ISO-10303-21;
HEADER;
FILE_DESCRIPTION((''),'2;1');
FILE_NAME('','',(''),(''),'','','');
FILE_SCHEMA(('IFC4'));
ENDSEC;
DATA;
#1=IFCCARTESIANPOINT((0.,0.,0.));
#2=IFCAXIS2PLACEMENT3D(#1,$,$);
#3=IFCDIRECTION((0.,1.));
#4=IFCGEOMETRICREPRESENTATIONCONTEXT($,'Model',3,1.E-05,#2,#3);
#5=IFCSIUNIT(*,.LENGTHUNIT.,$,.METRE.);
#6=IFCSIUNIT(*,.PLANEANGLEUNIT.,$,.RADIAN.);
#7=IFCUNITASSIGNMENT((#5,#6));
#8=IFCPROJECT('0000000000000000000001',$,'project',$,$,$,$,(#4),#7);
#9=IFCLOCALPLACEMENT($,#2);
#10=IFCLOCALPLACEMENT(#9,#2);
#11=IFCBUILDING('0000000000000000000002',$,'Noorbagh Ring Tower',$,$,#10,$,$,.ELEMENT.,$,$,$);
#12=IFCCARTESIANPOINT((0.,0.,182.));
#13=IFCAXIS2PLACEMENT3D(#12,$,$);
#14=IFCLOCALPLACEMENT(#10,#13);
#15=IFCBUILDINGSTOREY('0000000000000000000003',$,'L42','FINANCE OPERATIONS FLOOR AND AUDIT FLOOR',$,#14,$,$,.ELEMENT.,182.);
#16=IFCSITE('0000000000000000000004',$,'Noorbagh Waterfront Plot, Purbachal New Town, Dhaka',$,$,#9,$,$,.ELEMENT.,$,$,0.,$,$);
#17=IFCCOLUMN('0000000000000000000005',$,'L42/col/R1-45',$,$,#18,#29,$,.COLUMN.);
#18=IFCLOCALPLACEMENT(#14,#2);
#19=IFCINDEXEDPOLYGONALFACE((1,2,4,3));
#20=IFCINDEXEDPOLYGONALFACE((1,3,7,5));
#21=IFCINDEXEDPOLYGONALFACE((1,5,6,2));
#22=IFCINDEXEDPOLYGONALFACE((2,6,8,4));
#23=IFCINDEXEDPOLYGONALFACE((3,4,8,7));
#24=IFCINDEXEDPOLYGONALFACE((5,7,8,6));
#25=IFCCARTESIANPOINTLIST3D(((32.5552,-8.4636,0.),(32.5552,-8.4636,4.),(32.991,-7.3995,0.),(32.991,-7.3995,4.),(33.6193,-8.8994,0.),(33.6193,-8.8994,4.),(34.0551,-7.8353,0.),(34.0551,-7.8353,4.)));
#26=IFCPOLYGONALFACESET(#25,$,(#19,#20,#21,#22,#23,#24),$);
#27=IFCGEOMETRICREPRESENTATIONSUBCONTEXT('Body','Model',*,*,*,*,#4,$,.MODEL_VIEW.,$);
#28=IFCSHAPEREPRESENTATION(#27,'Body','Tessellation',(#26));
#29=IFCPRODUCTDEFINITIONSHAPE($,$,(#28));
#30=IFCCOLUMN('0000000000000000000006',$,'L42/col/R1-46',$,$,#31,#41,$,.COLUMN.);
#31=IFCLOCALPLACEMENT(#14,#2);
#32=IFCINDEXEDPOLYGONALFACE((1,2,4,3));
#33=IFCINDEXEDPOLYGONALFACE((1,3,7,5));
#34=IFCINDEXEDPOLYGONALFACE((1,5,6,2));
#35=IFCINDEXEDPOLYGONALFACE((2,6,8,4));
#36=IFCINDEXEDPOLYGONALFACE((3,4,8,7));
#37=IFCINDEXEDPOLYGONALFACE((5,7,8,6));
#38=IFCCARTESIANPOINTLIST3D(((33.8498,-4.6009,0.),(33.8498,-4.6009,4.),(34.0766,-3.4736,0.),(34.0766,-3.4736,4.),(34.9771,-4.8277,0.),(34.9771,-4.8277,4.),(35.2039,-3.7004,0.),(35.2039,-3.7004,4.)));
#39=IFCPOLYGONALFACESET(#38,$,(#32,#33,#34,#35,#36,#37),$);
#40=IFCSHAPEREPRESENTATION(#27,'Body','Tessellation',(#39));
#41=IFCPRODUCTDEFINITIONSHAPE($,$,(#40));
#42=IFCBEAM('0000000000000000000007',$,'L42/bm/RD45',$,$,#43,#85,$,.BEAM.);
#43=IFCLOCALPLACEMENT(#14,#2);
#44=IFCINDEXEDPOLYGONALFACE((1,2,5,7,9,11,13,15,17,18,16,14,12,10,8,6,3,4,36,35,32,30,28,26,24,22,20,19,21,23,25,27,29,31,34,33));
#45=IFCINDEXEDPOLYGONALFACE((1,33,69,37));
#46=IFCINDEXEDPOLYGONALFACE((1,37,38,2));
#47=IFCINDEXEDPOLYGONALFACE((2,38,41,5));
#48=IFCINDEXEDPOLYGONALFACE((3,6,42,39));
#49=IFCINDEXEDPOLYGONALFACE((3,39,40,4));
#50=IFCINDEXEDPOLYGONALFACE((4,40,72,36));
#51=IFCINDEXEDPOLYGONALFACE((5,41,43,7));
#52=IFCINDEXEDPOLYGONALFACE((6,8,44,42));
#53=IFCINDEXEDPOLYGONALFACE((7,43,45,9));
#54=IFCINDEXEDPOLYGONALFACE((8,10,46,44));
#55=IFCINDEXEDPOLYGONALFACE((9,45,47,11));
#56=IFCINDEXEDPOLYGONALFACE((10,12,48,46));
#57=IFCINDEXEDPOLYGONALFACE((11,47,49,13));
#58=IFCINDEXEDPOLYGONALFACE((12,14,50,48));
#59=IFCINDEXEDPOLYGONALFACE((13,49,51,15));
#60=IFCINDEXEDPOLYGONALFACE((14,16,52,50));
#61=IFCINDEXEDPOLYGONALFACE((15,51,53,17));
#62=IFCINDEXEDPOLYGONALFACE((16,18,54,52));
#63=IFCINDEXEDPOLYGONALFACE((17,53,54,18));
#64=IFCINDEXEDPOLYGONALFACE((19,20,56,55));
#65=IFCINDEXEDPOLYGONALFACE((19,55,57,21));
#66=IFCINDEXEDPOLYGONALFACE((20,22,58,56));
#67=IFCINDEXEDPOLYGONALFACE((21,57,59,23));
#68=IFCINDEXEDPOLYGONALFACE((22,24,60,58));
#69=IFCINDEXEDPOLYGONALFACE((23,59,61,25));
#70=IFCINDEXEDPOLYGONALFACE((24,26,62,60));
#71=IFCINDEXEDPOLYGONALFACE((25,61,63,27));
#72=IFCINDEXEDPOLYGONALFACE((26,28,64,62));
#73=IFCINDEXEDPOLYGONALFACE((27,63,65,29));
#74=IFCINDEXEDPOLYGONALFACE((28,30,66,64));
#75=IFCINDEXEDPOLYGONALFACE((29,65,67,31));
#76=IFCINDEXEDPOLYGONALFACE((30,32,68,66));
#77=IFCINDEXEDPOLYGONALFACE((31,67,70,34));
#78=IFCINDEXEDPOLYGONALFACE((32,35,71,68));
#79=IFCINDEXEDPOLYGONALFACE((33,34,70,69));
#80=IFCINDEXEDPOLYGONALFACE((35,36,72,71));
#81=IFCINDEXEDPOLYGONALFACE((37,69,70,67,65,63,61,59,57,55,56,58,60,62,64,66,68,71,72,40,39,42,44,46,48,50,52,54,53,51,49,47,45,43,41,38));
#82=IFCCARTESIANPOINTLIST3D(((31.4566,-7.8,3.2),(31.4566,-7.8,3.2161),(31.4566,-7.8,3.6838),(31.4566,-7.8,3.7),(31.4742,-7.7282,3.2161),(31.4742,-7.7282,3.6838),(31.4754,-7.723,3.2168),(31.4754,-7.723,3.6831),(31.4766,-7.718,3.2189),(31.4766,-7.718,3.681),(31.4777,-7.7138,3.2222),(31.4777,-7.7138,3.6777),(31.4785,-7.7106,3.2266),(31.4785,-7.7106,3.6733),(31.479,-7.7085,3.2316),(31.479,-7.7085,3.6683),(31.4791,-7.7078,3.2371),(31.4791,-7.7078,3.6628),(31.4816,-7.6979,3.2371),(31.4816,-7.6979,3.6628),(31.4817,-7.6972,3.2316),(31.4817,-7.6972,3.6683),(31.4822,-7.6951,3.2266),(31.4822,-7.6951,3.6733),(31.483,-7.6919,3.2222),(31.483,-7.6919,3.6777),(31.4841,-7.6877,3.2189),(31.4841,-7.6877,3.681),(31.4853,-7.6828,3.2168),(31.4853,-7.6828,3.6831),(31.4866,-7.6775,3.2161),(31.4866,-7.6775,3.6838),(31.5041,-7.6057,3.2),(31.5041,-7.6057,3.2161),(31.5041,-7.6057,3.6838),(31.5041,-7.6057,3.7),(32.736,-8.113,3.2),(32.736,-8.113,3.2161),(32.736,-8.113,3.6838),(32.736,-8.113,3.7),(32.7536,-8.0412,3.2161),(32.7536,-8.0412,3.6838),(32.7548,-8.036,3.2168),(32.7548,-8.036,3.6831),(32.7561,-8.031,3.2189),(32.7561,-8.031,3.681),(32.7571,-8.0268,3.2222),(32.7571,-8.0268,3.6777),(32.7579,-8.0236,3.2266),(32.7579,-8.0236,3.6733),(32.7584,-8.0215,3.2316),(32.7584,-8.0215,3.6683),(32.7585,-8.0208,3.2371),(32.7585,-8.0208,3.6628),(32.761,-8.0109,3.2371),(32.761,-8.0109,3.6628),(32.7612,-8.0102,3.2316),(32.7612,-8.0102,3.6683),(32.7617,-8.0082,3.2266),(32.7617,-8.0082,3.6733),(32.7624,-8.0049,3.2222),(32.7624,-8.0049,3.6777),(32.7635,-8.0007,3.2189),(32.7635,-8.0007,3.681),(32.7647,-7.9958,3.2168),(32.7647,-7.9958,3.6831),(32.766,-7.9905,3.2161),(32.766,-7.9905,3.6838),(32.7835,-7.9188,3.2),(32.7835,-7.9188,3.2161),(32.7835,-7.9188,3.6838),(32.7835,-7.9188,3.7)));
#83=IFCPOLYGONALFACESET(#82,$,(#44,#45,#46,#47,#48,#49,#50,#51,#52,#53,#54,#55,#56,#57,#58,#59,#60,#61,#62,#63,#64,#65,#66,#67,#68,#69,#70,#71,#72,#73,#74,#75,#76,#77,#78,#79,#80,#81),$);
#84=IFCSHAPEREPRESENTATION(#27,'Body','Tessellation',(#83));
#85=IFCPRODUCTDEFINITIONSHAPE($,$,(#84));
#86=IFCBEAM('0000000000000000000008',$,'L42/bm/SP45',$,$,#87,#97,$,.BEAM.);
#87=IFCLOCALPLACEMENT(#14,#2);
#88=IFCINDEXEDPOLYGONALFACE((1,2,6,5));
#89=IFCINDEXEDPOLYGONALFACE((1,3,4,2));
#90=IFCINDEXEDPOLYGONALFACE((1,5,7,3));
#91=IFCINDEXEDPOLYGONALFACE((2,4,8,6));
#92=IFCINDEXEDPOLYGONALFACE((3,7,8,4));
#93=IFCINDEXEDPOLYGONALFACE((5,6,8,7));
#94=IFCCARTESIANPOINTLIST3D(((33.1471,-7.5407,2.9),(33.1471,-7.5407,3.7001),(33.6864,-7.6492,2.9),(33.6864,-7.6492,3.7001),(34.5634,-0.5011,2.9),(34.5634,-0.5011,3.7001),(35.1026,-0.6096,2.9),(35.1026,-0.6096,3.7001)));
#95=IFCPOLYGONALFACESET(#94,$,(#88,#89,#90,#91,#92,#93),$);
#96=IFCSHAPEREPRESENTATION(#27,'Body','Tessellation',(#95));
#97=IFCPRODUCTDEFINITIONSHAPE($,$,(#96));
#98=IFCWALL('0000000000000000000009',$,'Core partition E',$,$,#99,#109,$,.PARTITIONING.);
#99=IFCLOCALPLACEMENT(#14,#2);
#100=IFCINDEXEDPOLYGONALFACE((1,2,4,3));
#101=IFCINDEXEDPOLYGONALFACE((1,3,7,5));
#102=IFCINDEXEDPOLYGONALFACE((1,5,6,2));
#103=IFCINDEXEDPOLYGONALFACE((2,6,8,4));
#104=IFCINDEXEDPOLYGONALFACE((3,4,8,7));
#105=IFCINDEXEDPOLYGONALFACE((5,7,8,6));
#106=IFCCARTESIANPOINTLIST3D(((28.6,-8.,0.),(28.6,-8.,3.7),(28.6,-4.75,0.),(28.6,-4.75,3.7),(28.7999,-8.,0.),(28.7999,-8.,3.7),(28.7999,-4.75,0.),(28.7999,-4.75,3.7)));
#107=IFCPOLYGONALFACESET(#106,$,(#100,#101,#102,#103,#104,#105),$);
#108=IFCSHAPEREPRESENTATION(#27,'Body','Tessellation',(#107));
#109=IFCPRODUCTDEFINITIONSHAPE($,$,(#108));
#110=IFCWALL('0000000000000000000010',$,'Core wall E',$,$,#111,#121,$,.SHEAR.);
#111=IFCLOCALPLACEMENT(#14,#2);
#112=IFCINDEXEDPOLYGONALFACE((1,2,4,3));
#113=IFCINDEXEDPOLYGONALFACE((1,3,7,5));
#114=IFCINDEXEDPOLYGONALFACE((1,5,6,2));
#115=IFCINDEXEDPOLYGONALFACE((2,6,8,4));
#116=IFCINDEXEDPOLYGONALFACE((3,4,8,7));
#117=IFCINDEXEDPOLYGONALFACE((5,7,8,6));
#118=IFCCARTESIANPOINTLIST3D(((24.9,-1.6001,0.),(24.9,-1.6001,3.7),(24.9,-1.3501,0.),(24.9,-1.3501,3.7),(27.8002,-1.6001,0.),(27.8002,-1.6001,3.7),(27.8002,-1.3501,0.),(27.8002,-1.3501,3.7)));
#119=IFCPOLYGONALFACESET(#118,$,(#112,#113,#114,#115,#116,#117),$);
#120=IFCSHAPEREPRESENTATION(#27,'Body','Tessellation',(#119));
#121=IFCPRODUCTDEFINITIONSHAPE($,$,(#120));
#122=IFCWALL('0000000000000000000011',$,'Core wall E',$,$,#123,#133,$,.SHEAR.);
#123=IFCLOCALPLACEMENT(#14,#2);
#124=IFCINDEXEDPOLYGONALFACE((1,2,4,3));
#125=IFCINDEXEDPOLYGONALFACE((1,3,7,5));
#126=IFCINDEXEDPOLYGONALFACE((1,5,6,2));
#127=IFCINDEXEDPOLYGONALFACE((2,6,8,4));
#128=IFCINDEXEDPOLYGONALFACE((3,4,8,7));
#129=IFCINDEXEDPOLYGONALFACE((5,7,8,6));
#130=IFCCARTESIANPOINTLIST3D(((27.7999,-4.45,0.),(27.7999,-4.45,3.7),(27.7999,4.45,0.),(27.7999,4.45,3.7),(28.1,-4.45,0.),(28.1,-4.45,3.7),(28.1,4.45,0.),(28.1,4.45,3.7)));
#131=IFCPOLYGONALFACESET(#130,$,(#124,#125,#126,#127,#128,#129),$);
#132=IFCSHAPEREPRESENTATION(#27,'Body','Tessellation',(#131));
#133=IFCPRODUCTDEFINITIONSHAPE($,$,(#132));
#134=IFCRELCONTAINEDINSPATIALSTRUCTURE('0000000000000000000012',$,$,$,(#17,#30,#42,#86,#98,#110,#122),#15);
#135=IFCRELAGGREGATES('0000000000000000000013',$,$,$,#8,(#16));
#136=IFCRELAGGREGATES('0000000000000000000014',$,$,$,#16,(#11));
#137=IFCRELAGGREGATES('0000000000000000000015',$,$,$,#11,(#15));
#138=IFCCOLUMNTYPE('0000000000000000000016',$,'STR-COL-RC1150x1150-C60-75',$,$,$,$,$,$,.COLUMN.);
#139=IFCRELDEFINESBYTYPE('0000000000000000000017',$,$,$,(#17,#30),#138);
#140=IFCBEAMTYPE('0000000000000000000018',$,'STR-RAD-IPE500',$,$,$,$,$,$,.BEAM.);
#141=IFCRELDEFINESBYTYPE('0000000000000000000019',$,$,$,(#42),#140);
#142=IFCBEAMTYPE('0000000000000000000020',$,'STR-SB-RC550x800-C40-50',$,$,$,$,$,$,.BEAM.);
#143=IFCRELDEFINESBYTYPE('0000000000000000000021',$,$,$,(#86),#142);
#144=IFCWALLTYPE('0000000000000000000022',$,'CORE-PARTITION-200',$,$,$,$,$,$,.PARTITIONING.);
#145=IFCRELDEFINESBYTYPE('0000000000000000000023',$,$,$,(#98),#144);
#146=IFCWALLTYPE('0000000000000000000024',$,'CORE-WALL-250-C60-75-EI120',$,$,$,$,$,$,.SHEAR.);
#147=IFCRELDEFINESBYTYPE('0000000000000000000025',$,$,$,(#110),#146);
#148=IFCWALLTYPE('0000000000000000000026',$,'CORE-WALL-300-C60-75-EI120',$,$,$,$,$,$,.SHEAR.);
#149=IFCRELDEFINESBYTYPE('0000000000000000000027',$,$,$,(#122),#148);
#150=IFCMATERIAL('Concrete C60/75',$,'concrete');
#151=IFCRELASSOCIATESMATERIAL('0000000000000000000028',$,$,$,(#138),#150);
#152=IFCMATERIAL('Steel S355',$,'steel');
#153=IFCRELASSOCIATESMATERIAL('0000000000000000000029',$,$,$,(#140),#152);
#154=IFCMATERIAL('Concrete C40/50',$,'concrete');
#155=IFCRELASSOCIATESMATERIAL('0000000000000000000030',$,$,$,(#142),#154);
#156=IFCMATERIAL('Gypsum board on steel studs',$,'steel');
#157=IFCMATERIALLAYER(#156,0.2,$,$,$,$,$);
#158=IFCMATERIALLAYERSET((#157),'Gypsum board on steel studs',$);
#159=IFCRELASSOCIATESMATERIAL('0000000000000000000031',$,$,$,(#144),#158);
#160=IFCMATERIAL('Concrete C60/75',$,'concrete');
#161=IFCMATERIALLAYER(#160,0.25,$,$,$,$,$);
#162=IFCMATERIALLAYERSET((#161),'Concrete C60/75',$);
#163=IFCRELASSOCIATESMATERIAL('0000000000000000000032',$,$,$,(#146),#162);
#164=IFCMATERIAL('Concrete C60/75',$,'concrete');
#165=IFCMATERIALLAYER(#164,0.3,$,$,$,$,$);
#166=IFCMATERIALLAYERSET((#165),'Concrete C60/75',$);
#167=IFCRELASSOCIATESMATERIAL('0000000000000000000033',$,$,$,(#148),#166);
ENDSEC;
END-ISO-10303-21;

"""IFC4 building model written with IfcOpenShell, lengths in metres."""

from ifc_helpers import new_model, si_unit, direction, frame, frame_2d, origin, origin_2d, place, context, subcontext, project, spatial, rectangle, i_section, extrude, material, layer, layer_set, material_profile, profile_set, type_object, element, save


model = new_model("IFC4")

# Units and contexts
model_context = context("Model", 3, precision=1e-05, world=origin(), true_north=direction((0.0, 1.0)))
body_context = subcontext(model_context, "Body", "Model", "MODEL_VIEW")
ifc_project = project(units=[si_unit("LENGTHUNIT", "METRE"), si_unit("PLANEANGLEUNIT", "RADIAN")], contexts=[model_context])

# Site, building, storey
site_placement = place(None, origin())
site = spatial("IfcSite", under=ifc_project, at=site_placement, Name="Noorbagh Waterfront Plot, Purbachal New Town, Dhaka", CompositionType="ELEMENT", RefElevation=0.0)
building_placement = place(site_placement, origin())
building = spatial("IfcBuilding", under=site, at=building_placement, Name="Noorbagh Ring Tower", CompositionType="ELEMENT")
storey_placement = place(building_placement, frame((0.0, 0.0, 182.0)))
storey = spatial("IfcBuildingStorey", under=building, at=storey_placement, Name="L42", Description="FINANCE OPERATIONS FLOOR AND AUDIT FLOOR", CompositionType="ELEMENT", Elevation=182.0)

# Columns
ifc_material_1 = material(Name="Concrete C60/75", Category="concrete")
ifc_material_profile_1 = material_profile(ifc_material_1, rectangle(XDim=1.1499, YDim=1.1499, at=origin_2d()), Name="RC1150x1150")
ifc_profile_set_1 = profile_set([ifc_material_profile_1], Name="Concrete C60/75")
column_type = type_object("IfcColumnType", Name="STR-COL-RC1150x1150-C60-75", PredefinedType="COLUMN", material=ifc_profile_set_1)
for number, where, z_axis, x_axis, name in (
    (1, (33.3052, -8.1494, 0.0), (0.0, 0.0, 1.0), (0.378989, 0.925401, 0.0), "L42/col/R1-45"),
    (2, (34.5269, -4.1506, 0.0), (0.0, 0.0, 1.0), (0.19723, 0.980357, 0.0), "L42/col/R1-46"),
):
    element("IfcColumn", number, at=place(storey_placement, frame(where, z_axis=z_axis, x_axis=x_axis)), inside=storey, type_object=column_type, Name=name, PredefinedType="COLUMN", context=body_context, shape_type="SweptSolid", body=[
        extrude(rectangle(XDim=1.1499, YDim=1.1499, at=origin_2d()), origin(), (0.0, 0.0, 1.0), 4.0),
    ])

# Beams
ifc_material_2 = material(Name="Steel S355", Category="steel")
ifc_material_profile_2 = material_profile(ifc_material_2, i_section(OverallWidth=0.2, OverallDepth=0.5, WebThickness=0.0103, FlangeThickness=0.0161, FilletRadius=0.021, at=origin_2d()), Name="IPE500")
ifc_profile_set_2 = profile_set([ifc_material_profile_2], Name="Steel S355")
beam_type_1 = type_object("IfcBeamType", Name="STR-RAD-IPE500", PredefinedType="BEAM", material=ifc_profile_set_2)
beam_1_placement = place(storey_placement, frame((32.7598, -8.0159, 3.45), z_axis=(-0.971351, 0.237647, 0.0), x_axis=(-0.237647, -0.971351, 0.0)))
element("IfcBeam", 3, at=beam_1_placement, inside=storey, type_object=beam_type_1, Name="L42/bm/RD45", PredefinedType="BEAM", context=body_context, shape_type="SweptSolid", body=[
    extrude(i_section(OverallWidth=0.2, OverallDepth=0.5, WebThickness=0.0103, FlangeThickness=0.0161, FilletRadius=0.021, at=origin_2d()), origin(), (0.0, 0.0, 1.0), 1.3171),
])
ifc_material_3 = material(Name="Concrete C40/50", Category="concrete")
ifc_material_profile_3 = material_profile(ifc_material_3, rectangle(XDim=0.55, YDim=0.8, at=origin_2d()), Name="RC550x800")
ifc_profile_set_3 = profile_set([ifc_material_profile_3], Name="Concrete C40/50")
beam_type_2 = type_object("IfcBeamType", Name="STR-SB-RC550x800-C40-50", PredefinedType="BEAM", material=ifc_profile_set_3)
beam_2_placement = place(storey_placement, frame((33.4167, -7.595, 3.3), z_axis=(0.197234, 0.980356, 0.0), x_axis=(-0.980356, 0.197234, 0.0)))
element("IfcBeam", 4, at=beam_2_placement, inside=storey, type_object=beam_type_2, Name="L42/bm/SP45", PredefinedType="BEAM", context=body_context, shape_type="SweptSolid", body=[
    extrude(rectangle(XDim=0.55, YDim=0.8, at=origin_2d()), origin(), (0.0, 0.0, 1.0), 7.1807),
])

# Walls
ifc_material_4 = material(Name="Gypsum board on steel studs", Category="steel")
ifc_layer_1 = layer(ifc_material_4, 0.2)
ifc_layer_set_1 = layer_set([ifc_layer_1], Name="Gypsum board on steel studs")
wall_type_1 = type_object("IfcWallType", Name="CORE-PARTITION-200", PredefinedType="PARTITIONING", material=ifc_layer_set_1)
wall_1_placement = place(storey_placement, frame((28.7, -8.0, 0.0), z_axis=(0.0, 0.0, 1.0), x_axis=(0.0, 1.0, 0.0)))
element("IfcWall", 5, at=wall_1_placement, inside=storey, type_object=wall_type_1, Name="Core partition E", PredefinedType="PARTITIONING", context=body_context, shape_type="SweptSolid", body=[
    extrude(rectangle(XDim=3.25, YDim=0.2, at=frame_2d((1.625, 0.0))), origin(), (0.0, 0.0, 1.0), 3.7),
])
ifc_material_5 = material(Name="Concrete C60/75", Category="concrete")
ifc_layer_2 = layer(ifc_material_5, 0.25)
ifc_layer_set_2 = layer_set([ifc_layer_2], Name="Concrete C60/75")
wall_type_2 = type_object("IfcWallType", Name="CORE-WALL-250-C60-75-EI120", PredefinedType="SHEAR", material=ifc_layer_set_2)
wall_2_placement = place(storey_placement, frame((24.8999, -1.4751, 0.0), z_axis=(0.0, 0.0, 1.0), x_axis=(1.0, 0.0, 0.0)))
element("IfcWall", 6, at=wall_2_placement, inside=storey, type_object=wall_type_2, Name="Core wall E", PredefinedType="SHEAR", context=body_context, shape_type="SweptSolid", body=[
    extrude(rectangle(XDim=2.9001, YDim=0.25, at=frame_2d((1.4502, 0.0))), origin(), (0.0, 0.0, 1.0), 3.7),
])
ifc_material_6 = material(Name="Concrete C60/75", Category="concrete")
ifc_layer_3 = layer(ifc_material_6, 0.3)
ifc_layer_set_3 = layer_set([ifc_layer_3], Name="Concrete C60/75")
wall_type_3 = type_object("IfcWallType", Name="CORE-WALL-300-C60-75-EI120", PredefinedType="SHEAR", material=ifc_layer_set_3)
wall_3_placement = place(storey_placement, frame((27.95, -4.45, 0.0), z_axis=(0.0, 0.0, 1.0), x_axis=(0.0, 1.0, 0.0)))
element("IfcWall", 7, at=wall_3_placement, inside=storey, type_object=wall_type_3, Name="Core wall E", PredefinedType="SHEAR", context=body_context, shape_type="SweptSolid", body=[
    extrude(rectangle(XDim=8.8999, YDim=0.3, at=frame_2d((4.45, 0.0))), origin(), (0.0, 0.0, 1.0), 3.7),
])

save(model, "model.ifc")
